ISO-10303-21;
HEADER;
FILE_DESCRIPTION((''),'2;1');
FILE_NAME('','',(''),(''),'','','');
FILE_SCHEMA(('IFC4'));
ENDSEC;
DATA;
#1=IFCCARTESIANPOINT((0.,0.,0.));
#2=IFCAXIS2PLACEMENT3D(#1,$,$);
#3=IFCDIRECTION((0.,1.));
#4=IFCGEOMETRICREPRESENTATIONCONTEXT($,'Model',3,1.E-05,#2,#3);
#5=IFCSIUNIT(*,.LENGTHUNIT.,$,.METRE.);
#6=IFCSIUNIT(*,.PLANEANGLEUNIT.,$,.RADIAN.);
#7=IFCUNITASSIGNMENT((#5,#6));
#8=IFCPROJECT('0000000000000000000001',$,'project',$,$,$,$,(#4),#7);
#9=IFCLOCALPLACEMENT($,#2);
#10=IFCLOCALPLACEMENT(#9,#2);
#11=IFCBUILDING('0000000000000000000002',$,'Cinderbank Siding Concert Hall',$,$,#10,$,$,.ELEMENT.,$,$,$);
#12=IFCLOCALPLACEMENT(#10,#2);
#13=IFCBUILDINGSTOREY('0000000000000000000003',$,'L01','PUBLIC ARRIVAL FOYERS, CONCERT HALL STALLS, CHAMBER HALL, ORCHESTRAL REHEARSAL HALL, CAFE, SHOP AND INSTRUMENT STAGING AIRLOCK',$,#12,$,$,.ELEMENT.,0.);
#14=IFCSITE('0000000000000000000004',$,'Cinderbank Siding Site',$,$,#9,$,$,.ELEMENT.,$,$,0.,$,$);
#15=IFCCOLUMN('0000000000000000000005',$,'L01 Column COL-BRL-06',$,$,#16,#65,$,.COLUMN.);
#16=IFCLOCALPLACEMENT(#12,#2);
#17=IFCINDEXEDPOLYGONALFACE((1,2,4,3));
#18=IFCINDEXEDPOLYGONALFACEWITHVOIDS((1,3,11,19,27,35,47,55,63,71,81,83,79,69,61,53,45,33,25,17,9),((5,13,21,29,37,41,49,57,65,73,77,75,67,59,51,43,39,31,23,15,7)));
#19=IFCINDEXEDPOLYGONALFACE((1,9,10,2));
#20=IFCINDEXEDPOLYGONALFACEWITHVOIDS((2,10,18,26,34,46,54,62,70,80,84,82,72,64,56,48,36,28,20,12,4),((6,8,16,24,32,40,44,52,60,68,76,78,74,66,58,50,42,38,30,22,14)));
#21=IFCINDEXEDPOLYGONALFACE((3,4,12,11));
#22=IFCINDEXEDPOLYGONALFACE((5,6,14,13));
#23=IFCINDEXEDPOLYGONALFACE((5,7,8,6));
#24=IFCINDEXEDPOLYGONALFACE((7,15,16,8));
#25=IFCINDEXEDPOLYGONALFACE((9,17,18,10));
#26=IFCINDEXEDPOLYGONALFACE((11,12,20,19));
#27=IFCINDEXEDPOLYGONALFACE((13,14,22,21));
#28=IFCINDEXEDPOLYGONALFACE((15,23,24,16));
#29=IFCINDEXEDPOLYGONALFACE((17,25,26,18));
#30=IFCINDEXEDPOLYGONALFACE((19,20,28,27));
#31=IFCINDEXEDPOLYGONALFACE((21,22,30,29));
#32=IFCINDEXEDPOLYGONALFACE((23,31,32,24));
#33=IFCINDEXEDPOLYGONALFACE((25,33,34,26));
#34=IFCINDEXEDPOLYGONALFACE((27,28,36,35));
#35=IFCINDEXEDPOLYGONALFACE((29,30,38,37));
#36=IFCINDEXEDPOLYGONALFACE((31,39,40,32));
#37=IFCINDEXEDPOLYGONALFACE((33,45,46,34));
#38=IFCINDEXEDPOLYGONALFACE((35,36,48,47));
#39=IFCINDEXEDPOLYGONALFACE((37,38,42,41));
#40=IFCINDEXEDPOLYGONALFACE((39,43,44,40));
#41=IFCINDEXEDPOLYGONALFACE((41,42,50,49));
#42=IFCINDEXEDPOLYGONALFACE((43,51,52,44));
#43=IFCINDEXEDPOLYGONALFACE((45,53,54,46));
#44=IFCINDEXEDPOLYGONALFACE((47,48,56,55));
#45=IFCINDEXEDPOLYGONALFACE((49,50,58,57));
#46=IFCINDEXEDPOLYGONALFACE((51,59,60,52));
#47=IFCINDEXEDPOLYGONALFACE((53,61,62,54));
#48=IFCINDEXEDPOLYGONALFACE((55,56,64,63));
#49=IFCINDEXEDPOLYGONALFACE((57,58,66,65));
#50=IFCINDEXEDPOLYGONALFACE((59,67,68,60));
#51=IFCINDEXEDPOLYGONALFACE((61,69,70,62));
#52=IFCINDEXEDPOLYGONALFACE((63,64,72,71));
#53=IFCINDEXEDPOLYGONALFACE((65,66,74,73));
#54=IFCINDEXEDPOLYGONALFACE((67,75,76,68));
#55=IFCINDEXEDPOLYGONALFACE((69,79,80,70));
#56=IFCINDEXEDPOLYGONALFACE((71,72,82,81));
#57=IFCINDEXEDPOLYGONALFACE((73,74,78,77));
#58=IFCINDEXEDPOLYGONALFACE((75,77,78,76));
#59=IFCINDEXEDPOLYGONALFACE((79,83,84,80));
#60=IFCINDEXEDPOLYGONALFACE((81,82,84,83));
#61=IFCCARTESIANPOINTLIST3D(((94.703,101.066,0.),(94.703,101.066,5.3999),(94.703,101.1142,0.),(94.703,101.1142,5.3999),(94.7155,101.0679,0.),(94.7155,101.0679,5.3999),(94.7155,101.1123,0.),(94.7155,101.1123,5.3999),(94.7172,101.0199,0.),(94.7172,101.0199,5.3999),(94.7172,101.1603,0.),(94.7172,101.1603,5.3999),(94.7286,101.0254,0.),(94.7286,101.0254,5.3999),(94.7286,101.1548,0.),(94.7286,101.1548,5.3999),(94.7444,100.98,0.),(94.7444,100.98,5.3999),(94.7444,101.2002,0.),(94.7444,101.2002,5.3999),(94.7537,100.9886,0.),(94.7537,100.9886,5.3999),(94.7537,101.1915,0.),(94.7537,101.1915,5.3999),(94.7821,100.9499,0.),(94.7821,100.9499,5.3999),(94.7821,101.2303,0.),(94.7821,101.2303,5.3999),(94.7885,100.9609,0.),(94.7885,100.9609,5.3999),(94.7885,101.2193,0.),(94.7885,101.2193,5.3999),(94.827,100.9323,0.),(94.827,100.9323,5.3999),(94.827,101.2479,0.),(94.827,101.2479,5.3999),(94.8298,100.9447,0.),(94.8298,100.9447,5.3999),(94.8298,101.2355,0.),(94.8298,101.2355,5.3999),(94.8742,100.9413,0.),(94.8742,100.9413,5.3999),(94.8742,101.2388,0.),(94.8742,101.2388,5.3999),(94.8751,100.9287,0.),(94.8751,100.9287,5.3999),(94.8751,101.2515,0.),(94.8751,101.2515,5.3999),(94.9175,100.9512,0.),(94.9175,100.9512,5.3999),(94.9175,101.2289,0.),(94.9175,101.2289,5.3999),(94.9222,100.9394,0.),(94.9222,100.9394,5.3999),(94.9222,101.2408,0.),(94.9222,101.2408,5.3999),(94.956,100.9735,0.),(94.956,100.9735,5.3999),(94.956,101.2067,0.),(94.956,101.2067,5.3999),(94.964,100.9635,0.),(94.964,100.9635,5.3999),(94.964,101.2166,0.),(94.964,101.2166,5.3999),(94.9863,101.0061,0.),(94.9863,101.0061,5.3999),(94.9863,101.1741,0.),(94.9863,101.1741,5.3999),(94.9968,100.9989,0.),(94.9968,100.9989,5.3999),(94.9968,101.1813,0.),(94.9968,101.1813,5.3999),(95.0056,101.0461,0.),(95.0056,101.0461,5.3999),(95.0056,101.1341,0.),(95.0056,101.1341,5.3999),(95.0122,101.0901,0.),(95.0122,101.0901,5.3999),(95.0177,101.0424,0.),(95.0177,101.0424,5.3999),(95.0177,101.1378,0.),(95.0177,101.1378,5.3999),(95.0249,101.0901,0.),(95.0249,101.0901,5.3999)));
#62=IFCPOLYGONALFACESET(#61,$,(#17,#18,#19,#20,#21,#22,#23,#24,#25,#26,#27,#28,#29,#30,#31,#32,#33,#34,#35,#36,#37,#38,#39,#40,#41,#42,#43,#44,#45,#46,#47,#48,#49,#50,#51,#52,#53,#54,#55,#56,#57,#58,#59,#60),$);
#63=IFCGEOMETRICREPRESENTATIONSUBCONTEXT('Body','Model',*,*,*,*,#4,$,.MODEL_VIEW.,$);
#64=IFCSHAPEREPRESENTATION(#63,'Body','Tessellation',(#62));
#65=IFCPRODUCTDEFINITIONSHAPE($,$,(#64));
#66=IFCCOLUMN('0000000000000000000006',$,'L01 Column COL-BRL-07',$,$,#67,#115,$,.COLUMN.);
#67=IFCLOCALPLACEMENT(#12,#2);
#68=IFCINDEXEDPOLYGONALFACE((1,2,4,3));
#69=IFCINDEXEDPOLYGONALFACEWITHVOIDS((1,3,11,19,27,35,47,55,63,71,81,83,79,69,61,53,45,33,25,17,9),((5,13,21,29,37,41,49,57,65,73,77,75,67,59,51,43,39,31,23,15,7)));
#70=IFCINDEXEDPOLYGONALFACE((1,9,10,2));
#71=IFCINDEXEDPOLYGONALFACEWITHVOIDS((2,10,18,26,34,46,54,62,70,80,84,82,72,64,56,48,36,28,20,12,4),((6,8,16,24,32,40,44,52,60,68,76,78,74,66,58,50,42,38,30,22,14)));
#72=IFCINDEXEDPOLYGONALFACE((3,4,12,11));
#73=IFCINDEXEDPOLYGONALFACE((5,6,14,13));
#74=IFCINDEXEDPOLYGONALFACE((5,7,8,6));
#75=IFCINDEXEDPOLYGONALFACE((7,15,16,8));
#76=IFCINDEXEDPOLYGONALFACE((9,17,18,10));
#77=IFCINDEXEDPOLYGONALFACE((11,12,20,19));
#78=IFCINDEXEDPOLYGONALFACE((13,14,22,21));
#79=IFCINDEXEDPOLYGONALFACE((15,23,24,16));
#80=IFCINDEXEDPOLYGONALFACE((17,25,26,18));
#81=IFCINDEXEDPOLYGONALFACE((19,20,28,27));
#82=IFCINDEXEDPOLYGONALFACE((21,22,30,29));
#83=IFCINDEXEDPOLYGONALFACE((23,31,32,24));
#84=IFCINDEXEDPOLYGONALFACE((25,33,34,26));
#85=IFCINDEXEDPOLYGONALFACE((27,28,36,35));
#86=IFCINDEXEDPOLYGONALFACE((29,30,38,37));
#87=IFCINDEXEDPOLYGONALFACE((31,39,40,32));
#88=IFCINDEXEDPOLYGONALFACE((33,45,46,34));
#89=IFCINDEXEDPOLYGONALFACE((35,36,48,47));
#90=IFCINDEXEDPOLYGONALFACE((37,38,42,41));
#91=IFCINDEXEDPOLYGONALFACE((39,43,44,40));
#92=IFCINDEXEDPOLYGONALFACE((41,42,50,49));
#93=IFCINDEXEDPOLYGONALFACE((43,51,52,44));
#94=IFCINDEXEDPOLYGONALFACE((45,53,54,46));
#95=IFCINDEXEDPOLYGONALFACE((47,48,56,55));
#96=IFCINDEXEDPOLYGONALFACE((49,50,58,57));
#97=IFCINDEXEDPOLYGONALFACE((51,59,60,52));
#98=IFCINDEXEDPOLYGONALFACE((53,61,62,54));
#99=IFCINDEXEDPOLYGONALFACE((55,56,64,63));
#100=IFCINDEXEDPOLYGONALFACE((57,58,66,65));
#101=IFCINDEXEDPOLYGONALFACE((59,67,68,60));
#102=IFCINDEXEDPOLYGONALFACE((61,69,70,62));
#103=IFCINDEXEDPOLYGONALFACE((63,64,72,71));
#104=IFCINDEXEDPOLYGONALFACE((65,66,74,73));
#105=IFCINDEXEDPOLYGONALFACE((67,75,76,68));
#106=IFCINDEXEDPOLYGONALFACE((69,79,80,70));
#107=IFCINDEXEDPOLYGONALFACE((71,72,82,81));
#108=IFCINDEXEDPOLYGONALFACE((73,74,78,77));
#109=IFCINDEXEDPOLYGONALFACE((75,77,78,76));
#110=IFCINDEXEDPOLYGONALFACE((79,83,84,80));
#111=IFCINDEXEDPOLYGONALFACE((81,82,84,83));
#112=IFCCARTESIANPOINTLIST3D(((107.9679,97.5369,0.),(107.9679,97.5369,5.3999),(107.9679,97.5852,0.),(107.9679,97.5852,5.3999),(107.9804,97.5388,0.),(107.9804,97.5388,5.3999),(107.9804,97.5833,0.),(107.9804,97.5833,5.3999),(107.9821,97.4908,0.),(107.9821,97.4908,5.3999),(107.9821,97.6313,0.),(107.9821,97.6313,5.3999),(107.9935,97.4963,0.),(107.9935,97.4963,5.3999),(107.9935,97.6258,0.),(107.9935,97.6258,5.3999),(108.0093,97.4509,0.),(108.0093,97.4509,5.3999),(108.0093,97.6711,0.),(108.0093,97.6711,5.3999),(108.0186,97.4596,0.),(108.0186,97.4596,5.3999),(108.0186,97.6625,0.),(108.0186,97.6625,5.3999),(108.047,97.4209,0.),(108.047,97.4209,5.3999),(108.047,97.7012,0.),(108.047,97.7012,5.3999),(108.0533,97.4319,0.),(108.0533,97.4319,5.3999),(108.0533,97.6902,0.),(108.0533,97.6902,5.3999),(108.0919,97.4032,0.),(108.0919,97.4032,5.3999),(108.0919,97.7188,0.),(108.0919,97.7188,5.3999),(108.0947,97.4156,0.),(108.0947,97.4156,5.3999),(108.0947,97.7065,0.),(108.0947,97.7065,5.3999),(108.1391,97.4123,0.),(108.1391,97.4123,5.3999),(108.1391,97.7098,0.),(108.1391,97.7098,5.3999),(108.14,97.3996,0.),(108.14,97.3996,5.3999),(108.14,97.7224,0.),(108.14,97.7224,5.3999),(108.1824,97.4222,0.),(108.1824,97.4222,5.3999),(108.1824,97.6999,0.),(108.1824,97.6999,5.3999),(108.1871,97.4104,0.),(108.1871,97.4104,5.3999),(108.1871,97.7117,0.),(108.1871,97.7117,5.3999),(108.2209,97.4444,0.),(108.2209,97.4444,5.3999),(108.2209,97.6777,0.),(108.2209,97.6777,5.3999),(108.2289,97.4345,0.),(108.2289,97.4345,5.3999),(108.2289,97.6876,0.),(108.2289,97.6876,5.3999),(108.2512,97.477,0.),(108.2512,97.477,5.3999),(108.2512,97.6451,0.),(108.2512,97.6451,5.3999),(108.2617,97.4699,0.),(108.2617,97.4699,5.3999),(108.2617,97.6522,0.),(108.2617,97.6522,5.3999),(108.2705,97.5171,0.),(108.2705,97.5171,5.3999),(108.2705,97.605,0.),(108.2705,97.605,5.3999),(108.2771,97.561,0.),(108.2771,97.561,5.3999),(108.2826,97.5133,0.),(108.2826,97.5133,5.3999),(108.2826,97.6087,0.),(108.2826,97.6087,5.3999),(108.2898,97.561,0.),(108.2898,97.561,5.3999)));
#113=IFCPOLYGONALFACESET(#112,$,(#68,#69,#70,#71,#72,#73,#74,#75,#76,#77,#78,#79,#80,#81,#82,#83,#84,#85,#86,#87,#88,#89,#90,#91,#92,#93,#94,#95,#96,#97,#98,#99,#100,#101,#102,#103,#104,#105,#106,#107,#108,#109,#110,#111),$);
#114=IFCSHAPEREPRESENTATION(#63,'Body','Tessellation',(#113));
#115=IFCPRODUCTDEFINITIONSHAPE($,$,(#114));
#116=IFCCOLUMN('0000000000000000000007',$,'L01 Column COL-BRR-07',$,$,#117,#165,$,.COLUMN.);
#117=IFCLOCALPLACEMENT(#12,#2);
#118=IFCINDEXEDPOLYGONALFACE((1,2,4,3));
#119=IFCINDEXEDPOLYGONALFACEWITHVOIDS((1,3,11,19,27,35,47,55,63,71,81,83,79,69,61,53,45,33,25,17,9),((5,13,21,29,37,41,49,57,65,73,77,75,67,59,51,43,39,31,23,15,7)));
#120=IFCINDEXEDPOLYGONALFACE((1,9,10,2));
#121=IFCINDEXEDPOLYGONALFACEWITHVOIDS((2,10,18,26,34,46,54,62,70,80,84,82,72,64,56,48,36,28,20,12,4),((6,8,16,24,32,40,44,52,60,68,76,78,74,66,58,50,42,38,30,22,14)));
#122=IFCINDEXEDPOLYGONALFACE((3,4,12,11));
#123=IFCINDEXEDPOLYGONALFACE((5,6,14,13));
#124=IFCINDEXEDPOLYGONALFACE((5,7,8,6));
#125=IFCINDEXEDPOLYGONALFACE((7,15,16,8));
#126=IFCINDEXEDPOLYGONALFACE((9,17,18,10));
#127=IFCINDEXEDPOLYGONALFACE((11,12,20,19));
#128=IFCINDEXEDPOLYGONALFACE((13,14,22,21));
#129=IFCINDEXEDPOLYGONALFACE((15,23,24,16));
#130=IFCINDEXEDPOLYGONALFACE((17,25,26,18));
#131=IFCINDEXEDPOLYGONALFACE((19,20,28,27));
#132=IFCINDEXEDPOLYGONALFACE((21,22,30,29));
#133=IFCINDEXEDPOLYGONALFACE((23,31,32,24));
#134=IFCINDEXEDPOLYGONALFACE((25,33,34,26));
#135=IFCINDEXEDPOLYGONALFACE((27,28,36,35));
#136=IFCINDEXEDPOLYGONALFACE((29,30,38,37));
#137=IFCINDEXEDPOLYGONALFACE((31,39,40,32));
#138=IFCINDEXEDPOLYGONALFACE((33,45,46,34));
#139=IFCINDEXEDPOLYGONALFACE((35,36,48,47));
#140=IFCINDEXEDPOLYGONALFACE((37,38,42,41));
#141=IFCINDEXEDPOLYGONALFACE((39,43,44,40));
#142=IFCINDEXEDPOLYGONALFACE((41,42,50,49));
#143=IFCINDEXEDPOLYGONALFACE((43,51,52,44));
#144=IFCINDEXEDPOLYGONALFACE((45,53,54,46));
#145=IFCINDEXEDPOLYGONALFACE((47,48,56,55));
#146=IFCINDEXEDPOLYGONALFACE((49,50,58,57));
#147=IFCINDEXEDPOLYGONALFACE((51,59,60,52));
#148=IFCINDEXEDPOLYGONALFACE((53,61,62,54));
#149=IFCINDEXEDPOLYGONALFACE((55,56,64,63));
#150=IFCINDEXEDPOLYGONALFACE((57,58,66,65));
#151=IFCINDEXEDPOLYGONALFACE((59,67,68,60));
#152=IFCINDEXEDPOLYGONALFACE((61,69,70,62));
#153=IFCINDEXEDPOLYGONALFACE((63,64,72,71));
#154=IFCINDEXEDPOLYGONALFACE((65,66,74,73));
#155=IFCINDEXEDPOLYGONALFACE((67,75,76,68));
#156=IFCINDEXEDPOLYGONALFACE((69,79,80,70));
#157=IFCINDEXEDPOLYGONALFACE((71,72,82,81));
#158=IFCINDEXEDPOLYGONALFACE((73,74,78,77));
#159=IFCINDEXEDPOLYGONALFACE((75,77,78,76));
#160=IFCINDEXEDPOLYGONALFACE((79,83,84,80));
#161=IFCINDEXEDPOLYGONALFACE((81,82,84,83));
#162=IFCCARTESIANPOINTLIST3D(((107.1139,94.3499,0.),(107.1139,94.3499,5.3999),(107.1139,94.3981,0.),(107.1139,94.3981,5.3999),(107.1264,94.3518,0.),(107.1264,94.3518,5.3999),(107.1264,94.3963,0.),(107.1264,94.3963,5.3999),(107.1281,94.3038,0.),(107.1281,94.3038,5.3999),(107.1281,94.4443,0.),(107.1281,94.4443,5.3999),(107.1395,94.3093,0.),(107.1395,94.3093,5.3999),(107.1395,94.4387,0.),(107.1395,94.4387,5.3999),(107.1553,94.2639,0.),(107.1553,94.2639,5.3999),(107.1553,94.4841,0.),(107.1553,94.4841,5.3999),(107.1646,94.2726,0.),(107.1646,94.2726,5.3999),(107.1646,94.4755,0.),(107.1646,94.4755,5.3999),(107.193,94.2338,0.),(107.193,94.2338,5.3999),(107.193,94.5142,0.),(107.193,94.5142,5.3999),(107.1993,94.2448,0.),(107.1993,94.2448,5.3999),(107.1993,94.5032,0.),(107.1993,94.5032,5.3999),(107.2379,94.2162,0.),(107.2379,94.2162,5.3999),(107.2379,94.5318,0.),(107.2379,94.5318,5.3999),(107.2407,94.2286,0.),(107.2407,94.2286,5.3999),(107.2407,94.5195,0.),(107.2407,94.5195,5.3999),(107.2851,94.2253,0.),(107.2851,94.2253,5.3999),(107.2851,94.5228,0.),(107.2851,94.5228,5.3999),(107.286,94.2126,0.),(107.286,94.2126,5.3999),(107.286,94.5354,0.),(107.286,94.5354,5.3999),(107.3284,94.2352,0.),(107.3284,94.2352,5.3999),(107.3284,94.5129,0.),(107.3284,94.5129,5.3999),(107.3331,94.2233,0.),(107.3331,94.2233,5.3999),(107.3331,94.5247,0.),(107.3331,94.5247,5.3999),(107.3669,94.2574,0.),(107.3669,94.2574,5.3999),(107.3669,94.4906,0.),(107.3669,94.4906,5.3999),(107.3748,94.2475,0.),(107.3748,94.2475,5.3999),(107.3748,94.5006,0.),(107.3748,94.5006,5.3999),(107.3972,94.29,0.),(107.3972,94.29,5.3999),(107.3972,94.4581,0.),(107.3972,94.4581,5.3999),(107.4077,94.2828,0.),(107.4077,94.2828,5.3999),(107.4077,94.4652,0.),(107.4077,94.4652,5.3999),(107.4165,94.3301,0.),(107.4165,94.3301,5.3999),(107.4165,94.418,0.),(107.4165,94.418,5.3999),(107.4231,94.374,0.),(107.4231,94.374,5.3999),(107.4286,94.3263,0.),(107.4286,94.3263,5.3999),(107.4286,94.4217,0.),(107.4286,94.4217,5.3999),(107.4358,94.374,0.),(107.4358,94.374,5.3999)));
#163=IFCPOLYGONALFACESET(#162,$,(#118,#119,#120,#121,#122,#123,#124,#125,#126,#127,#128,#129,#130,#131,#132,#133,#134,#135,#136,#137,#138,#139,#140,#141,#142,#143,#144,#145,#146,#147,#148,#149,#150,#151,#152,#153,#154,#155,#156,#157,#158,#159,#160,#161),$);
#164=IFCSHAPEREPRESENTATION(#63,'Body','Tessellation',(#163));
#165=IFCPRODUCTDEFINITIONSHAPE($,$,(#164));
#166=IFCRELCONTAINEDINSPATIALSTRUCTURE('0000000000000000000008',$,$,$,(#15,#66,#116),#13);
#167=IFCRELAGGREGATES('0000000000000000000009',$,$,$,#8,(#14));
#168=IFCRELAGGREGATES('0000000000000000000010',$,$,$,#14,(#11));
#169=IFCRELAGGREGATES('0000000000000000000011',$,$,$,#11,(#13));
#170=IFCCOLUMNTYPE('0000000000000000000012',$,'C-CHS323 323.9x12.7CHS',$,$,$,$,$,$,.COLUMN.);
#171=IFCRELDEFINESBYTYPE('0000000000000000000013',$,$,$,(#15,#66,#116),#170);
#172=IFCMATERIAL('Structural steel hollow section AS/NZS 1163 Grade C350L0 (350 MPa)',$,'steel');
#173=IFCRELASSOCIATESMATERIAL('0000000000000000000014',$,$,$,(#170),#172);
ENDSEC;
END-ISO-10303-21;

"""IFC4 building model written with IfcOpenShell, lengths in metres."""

from ifc_helpers import new_model, si_unit, direction, frame, origin, origin_2d, place, context, subcontext, project, spatial, hollow_circle, extrude, material, material_profile, profile_set, type_object, element, save


model = new_model("IFC4")

# Units and contexts
model_context = context("Model", 3, precision=1e-05, world=origin(), true_north=direction((0.0, 1.0)))
body_context = subcontext(model_context, "Body", "Model", "MODEL_VIEW")
ifc_project = project(units=[si_unit("LENGTHUNIT", "METRE"), si_unit("PLANEANGLEUNIT", "RADIAN")], contexts=[model_context])

# Site, building, storey
site_placement = place(None, origin())
site = spatial("IfcSite", under=ifc_project, at=site_placement, Name="Cinderbank Siding Site", CompositionType="ELEMENT", RefElevation=0.0)
building_placement = place(site_placement, origin())
building = spatial("IfcBuilding", under=site, at=building_placement, Name="Cinderbank Siding Concert Hall", CompositionType="ELEMENT")
storey_placement = place(building_placement, origin())
storey = spatial("IfcBuildingStorey", under=building, at=storey_placement, Name="L01", Description="PUBLIC ARRIVAL FOYERS, CONCERT HALL STALLS, CHAMBER HALL, ORCHESTRAL REHEARSAL HALL, CAFE, SHOP AND INSTRUMENT STAGING AIRLOCK", CompositionType="ELEMENT", Elevation=0.0)

# Columns
ifc_material_1 = material(Name="Structural steel hollow section AS/NZS 1163 Grade C350L0 (350 MPa)", Category="steel")
ifc_material_profile_1 = material_profile(ifc_material_1, hollow_circle(Radius=0.1619, WallThickness=0.0127, at=origin_2d()), Name="323.9x12.7CHS", Category="LoadBearing")
ifc_profile_set_1 = profile_set([ifc_material_profile_1], Name="Structural steel hollow section AS/NZS 1163 Grade C350L0 (350 MPa)")
column_type_1 = type_object("IfcColumnType", Name="C-CHS323 323.9x12.7CHS", PredefinedType="COLUMN", material=ifc_profile_set_1)
for number, where, z_axis, x_axis, name in (
    (1, (94.863, 101.0901, 0.0), (0.0, 0.0, 1.0), (1.0, 0.0, 0.0), "L01 Column COL-BRL-06"),
    (2, (108.1279, 97.561, 0.0), (0.0, 0.0, 1.0), (1.0, 0.0, 0.0), "L01 Column COL-BRL-07"),
    (3, (107.2739, 94.374, 0.0), (0.0, 0.0, 1.0), (1.0, 0.0, 0.0), "L01 Column COL-BRR-07"),
):
    element("IfcColumn", number, at=place(storey_placement, frame(where, z_axis=z_axis, x_axis=x_axis)), inside=storey, type_object=column_type_1, Name=name, PredefinedType="COLUMN", context=body_context, shape_type="SweptSolid", body=[
        extrude(hollow_circle(Radius=0.1619, WallThickness=0.0127, at=origin_2d()), origin(), (0.0, 0.0, 1.0), 5.3999),
    ])

save(model, "model.ifc")
